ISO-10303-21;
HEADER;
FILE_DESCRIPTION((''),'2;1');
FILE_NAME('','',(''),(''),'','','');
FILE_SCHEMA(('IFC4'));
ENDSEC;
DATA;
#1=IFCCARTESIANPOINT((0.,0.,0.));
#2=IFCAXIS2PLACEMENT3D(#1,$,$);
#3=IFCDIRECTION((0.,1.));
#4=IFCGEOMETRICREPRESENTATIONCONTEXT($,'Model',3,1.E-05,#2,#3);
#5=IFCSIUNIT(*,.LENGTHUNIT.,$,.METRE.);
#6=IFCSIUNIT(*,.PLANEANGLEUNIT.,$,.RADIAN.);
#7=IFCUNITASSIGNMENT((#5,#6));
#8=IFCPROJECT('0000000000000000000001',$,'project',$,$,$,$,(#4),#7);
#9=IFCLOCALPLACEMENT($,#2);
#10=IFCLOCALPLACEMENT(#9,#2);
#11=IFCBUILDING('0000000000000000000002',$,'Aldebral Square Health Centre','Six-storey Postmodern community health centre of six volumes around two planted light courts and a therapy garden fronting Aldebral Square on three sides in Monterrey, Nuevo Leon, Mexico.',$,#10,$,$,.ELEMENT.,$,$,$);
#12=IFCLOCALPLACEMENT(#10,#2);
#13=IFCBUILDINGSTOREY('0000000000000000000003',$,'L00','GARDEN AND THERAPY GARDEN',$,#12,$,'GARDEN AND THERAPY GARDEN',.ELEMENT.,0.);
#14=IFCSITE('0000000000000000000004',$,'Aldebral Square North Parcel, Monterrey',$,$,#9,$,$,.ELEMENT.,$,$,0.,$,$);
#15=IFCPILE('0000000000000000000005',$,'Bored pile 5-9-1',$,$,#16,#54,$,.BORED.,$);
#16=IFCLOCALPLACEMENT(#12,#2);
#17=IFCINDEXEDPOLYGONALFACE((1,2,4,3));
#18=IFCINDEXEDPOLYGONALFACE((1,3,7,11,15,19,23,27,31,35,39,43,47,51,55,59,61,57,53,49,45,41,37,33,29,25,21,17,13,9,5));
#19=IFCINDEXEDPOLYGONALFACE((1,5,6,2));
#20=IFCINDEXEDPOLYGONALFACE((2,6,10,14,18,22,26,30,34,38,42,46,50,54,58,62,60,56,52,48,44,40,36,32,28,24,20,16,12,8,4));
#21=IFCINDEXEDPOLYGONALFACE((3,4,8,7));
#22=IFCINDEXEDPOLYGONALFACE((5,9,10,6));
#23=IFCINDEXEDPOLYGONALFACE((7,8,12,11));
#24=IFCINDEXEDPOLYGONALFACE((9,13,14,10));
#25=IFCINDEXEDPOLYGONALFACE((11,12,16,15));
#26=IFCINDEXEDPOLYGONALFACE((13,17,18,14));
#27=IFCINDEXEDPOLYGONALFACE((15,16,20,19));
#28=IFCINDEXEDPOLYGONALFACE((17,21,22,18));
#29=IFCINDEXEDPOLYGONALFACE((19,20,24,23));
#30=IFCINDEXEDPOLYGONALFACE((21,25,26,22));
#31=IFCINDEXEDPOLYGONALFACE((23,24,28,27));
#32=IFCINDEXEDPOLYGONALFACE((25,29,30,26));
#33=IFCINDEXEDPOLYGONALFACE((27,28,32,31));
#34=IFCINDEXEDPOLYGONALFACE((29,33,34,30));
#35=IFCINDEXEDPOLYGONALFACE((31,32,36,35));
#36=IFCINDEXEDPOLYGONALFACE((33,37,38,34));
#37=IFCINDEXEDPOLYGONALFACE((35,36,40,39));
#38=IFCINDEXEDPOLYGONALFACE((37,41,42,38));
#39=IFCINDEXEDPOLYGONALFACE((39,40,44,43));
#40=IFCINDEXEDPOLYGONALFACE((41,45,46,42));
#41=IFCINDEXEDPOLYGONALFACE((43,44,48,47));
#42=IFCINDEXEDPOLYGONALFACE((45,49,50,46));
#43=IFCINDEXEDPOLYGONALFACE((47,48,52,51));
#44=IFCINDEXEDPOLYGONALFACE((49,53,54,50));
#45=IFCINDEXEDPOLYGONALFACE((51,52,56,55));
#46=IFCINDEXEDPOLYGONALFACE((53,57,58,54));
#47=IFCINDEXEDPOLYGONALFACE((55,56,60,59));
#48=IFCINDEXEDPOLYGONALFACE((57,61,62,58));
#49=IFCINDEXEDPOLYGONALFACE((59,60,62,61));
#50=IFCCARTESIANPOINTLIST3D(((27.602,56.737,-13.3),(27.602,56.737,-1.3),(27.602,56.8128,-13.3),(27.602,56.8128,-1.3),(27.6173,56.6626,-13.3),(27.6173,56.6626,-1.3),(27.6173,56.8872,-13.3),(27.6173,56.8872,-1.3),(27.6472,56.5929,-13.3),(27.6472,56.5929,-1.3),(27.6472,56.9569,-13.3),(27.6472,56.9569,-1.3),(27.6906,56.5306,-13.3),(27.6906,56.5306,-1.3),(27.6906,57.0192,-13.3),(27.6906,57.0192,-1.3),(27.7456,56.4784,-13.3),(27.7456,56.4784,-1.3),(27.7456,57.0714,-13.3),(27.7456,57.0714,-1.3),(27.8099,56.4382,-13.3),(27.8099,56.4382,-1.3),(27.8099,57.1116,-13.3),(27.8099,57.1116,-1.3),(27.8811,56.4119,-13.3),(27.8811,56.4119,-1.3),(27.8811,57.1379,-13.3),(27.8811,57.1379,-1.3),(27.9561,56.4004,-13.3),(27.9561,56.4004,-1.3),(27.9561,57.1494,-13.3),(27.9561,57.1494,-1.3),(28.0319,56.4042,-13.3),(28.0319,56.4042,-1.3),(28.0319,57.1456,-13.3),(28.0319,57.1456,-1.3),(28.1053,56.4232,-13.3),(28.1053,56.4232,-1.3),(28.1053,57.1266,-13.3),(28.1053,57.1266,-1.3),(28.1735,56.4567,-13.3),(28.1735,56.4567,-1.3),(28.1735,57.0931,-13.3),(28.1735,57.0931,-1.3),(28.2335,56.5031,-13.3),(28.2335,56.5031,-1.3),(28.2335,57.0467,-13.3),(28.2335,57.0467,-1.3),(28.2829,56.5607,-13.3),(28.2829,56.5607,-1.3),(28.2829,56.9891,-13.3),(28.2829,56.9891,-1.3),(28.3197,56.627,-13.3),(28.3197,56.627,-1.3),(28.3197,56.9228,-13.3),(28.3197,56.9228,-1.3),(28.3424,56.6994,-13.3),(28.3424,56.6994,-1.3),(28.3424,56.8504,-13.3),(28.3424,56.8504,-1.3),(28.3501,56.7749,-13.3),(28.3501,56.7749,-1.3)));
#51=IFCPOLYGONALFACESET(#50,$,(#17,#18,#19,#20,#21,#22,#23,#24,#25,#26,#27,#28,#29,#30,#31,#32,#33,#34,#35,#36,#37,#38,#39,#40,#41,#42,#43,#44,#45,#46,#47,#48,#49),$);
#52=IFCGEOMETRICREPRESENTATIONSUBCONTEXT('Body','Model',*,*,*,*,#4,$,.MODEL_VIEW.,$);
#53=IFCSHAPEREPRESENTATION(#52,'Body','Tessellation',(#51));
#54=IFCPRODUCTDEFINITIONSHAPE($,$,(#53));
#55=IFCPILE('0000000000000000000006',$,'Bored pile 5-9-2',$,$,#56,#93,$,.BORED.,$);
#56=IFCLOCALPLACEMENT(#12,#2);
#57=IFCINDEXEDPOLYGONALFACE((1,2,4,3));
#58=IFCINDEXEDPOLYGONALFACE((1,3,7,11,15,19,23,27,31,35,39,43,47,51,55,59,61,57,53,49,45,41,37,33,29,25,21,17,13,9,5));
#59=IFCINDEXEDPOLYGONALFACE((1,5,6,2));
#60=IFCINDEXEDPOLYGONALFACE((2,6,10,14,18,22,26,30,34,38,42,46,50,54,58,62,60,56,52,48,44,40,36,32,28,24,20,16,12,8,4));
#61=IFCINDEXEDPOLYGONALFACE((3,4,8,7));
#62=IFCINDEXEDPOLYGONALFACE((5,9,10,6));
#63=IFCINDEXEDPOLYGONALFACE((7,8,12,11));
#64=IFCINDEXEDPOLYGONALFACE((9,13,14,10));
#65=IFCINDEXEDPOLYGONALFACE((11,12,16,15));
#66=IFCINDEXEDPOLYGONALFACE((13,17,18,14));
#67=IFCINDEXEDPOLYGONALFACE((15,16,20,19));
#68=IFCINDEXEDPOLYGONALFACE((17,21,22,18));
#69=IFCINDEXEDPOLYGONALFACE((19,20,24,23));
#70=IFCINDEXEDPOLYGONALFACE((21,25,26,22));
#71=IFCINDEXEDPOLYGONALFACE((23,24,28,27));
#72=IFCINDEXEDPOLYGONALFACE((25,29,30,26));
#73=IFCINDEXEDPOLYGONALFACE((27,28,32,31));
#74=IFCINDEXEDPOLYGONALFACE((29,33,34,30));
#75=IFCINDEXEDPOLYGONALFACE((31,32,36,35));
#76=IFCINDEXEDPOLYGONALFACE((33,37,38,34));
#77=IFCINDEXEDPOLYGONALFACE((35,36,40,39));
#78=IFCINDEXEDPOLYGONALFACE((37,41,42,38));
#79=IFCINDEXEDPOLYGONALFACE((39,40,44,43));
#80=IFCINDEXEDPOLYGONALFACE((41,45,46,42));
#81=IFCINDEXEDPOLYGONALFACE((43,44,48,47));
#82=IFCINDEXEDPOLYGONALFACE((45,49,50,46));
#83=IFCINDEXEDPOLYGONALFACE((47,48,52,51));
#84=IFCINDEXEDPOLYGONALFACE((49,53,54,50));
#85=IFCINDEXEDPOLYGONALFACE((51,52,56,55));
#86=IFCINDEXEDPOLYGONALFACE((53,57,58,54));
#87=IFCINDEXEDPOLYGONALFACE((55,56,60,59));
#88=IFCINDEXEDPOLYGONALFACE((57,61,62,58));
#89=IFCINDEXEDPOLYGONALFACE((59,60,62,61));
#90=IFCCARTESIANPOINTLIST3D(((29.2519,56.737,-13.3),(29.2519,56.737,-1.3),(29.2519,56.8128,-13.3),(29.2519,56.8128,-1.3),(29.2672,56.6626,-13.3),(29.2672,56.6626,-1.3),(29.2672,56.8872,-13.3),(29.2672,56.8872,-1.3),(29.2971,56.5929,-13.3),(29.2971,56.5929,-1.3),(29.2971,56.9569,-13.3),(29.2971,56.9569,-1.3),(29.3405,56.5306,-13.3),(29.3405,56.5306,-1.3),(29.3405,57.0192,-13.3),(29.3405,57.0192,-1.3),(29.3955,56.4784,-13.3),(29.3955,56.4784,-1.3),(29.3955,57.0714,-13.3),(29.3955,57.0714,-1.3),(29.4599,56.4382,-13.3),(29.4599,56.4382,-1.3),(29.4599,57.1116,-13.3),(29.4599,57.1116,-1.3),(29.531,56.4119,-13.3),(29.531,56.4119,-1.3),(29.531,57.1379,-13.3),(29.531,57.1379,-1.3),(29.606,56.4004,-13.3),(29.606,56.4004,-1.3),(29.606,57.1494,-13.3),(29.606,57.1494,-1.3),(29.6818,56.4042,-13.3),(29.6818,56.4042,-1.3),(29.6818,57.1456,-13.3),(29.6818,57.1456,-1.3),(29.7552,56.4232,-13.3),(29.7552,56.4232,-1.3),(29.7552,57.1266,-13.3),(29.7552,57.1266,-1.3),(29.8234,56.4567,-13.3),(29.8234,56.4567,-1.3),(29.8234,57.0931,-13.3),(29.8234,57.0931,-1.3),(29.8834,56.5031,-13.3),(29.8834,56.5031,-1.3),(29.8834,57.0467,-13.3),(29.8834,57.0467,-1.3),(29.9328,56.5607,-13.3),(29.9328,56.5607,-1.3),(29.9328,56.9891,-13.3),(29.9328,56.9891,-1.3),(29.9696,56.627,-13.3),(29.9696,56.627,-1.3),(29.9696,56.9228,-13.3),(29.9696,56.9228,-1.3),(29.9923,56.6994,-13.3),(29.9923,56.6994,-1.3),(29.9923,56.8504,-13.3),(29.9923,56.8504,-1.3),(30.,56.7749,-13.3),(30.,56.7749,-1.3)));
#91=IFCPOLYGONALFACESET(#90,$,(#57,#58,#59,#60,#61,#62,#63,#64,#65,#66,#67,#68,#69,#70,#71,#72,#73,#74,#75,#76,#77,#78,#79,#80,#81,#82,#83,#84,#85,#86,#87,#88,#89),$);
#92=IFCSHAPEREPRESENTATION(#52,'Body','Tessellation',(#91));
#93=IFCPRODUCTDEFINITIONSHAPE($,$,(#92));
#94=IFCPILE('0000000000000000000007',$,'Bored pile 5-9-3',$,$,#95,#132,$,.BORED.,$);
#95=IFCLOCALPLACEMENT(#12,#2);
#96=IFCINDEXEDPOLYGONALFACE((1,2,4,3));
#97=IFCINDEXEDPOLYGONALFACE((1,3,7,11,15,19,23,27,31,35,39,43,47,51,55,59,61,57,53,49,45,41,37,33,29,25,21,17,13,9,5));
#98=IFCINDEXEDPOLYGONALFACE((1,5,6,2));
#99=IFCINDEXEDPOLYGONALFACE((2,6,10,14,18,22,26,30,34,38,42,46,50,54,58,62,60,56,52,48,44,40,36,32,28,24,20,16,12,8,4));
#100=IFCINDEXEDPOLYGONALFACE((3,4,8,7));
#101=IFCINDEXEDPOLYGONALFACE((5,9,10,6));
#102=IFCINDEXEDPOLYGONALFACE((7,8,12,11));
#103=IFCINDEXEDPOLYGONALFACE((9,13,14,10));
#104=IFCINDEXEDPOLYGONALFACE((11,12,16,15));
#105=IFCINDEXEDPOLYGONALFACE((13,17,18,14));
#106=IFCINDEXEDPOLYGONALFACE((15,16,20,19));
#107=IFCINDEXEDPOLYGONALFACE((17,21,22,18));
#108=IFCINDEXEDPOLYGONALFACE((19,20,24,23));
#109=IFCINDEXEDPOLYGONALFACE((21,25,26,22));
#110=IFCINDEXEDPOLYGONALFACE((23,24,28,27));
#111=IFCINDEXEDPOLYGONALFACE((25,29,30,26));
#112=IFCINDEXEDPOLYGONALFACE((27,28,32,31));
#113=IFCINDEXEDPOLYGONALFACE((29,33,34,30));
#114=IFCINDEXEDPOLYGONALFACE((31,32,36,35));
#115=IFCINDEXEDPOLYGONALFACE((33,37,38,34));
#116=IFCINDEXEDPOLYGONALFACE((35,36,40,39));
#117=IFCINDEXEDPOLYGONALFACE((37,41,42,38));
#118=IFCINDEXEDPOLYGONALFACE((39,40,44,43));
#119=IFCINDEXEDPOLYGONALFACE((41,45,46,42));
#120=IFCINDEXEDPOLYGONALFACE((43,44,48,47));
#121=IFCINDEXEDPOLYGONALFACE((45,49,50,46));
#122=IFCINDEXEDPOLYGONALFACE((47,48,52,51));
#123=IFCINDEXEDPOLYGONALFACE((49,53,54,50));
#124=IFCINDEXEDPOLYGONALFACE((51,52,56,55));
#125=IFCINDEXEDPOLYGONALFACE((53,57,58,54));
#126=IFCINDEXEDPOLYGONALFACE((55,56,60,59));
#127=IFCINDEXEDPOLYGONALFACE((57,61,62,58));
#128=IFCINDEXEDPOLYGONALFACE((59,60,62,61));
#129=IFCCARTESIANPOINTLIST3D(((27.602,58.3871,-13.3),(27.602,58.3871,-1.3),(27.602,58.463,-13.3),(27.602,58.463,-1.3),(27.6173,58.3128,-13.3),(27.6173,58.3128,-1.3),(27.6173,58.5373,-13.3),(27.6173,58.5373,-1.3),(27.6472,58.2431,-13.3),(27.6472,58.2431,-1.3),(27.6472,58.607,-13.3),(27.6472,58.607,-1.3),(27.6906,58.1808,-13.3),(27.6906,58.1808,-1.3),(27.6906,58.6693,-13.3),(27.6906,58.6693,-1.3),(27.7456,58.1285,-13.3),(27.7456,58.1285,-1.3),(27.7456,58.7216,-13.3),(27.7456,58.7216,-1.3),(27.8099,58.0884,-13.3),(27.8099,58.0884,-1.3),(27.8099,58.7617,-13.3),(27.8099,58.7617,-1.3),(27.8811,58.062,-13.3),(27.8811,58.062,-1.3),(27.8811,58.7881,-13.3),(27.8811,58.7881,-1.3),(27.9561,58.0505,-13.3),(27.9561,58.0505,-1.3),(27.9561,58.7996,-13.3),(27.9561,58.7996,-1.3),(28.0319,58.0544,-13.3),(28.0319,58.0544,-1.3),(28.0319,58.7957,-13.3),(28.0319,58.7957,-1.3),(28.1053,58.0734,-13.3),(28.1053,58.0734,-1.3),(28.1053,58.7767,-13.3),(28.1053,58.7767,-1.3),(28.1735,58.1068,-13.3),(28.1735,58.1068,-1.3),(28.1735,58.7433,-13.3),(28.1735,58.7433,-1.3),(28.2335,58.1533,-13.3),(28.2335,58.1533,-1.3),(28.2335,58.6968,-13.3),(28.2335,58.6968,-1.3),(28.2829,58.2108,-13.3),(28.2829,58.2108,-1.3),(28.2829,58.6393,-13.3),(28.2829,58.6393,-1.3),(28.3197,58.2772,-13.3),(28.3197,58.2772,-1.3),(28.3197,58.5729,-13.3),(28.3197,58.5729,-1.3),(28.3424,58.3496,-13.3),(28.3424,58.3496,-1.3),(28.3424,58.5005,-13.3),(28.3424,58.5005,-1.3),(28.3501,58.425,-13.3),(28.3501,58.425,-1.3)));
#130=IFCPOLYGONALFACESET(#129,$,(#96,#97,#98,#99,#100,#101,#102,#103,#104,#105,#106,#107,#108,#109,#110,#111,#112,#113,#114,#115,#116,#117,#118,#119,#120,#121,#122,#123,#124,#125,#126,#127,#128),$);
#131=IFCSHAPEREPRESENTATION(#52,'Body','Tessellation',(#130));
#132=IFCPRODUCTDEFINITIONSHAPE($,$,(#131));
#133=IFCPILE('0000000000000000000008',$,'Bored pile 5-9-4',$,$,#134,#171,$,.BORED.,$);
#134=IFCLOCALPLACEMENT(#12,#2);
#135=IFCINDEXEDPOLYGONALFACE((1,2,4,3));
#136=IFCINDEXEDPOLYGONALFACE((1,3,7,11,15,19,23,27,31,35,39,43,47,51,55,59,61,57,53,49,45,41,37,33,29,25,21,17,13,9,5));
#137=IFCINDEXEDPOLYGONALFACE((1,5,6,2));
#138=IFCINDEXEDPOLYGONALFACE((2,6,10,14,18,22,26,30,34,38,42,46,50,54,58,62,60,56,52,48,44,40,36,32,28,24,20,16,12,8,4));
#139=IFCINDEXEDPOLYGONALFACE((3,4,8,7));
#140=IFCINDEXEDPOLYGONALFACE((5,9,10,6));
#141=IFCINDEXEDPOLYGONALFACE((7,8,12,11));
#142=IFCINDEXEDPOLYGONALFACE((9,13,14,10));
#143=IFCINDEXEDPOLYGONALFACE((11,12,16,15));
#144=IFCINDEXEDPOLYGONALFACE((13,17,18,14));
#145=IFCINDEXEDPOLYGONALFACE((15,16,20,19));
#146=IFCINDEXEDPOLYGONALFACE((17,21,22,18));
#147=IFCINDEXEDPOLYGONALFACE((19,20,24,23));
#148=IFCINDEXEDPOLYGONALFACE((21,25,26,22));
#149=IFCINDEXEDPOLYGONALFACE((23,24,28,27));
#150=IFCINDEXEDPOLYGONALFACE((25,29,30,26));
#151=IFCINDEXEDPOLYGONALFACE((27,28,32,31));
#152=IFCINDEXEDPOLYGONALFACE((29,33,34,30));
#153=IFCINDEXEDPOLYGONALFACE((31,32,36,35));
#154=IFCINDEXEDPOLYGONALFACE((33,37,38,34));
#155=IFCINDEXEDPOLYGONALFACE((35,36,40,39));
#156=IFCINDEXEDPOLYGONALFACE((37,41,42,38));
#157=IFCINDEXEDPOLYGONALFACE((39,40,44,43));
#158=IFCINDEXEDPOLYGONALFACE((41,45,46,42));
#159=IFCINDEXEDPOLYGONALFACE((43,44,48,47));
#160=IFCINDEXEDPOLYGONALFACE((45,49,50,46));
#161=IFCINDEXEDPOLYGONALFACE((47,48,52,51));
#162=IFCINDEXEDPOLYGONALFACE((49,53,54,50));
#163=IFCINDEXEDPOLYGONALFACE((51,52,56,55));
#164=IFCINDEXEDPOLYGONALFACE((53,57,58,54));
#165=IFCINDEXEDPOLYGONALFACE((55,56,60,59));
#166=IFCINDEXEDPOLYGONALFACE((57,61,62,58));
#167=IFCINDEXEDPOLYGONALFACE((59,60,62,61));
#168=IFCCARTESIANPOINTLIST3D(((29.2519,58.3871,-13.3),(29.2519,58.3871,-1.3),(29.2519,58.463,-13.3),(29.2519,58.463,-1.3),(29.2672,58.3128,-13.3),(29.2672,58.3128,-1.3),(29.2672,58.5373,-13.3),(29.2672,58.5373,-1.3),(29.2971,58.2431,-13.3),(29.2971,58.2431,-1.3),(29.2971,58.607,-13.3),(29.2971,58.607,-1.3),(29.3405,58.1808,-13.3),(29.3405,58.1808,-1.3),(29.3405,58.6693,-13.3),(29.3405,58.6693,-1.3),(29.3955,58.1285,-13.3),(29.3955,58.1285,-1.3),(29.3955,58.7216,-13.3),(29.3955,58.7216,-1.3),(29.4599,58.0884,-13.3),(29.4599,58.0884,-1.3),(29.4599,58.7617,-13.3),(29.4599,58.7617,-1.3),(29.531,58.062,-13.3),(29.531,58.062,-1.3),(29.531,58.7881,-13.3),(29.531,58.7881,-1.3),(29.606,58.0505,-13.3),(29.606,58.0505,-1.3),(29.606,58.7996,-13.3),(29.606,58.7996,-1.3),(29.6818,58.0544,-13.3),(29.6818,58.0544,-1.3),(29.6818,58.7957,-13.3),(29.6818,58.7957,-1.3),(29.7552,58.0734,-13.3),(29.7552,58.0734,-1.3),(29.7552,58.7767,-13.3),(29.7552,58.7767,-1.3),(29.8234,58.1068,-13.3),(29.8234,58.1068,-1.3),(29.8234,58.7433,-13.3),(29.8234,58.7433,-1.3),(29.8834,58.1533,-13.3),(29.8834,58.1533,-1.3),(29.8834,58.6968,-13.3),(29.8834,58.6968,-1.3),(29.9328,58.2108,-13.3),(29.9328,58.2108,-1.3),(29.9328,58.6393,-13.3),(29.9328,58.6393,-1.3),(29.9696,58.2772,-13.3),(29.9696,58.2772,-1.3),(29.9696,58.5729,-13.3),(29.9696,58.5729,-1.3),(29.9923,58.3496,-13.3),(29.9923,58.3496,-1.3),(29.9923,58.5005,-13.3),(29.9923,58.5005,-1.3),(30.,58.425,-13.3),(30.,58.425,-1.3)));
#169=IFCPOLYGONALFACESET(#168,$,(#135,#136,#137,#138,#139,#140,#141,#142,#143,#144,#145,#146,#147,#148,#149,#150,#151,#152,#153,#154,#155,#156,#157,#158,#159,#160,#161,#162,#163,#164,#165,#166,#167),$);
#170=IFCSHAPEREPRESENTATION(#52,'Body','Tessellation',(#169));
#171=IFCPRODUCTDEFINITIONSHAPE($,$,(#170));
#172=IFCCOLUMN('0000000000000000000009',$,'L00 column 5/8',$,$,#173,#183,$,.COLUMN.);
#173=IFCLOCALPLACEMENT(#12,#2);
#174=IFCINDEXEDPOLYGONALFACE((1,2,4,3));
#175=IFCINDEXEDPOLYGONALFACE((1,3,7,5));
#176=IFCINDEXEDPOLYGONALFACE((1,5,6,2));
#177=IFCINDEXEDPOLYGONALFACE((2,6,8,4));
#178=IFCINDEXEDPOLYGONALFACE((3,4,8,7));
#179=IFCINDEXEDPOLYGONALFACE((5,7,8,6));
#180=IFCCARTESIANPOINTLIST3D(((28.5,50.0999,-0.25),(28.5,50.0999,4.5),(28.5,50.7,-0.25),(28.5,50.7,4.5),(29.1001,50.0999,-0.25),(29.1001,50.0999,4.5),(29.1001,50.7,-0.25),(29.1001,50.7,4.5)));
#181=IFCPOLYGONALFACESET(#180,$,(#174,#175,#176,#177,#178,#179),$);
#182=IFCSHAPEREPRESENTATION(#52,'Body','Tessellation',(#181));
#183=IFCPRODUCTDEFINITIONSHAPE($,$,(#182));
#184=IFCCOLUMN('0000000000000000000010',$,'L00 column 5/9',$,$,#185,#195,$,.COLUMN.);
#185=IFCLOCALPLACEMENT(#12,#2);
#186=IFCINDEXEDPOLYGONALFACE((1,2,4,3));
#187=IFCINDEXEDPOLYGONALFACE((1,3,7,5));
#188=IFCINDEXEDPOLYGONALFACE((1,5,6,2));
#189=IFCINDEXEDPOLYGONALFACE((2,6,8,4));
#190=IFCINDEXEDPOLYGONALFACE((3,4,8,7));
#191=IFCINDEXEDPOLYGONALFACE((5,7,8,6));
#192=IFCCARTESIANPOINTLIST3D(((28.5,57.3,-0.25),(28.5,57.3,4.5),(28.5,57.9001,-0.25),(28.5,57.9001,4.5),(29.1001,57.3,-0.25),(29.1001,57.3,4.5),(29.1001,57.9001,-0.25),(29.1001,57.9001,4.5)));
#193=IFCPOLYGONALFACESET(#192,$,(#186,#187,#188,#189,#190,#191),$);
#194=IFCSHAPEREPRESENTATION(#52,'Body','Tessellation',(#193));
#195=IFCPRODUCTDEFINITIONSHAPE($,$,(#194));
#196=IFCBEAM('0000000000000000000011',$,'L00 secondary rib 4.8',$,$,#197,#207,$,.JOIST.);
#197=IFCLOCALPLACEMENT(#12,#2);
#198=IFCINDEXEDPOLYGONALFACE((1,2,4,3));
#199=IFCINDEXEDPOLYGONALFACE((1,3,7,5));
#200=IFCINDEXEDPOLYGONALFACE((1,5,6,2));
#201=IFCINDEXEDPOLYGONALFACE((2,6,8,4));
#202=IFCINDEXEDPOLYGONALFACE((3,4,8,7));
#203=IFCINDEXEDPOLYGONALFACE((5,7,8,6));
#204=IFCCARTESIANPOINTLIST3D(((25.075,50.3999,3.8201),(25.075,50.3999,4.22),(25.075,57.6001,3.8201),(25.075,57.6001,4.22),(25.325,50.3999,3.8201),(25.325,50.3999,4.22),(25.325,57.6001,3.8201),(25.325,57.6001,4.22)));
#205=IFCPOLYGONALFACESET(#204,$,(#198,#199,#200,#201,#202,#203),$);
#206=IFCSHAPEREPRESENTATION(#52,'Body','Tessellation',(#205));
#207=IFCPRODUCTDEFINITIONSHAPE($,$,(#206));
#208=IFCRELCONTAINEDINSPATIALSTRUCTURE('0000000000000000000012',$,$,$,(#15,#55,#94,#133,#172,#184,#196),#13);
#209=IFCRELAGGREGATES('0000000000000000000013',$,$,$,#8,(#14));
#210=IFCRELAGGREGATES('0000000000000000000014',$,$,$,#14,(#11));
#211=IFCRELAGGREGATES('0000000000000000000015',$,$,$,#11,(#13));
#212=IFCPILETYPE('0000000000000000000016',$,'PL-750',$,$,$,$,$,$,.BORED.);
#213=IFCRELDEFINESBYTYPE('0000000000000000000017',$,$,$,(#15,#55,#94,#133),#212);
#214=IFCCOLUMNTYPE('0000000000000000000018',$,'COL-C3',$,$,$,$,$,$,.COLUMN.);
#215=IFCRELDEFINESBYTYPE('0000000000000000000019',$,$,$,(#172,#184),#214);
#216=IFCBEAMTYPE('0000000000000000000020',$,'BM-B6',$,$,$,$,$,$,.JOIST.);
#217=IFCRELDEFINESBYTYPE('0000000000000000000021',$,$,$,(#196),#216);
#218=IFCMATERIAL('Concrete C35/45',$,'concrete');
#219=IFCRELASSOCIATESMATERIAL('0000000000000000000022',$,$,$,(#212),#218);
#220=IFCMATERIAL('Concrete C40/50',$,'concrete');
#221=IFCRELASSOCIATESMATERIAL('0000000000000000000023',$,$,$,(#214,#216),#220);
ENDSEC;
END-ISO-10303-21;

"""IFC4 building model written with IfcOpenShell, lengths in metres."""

from ifc_helpers import new_model, si_unit, direction, frame, origin, origin_2d, place, context, subcontext, project, spatial, rectangle, circle, extrude, material, material_profile, profile_set, type_object, element, save


model = new_model("IFC4")

# Units and contexts
model_context = context("Model", 3, precision=1e-05, world=origin(), true_north=direction((0.0, 1.0)))
body_context = subcontext(model_context, "Body", "Model", "MODEL_VIEW")
ifc_project = project(units=[si_unit("LENGTHUNIT", "METRE"), si_unit("PLANEANGLEUNIT", "RADIAN")], contexts=[model_context])

# Site, building, storey
site_placement = place(None, origin())
site = spatial("IfcSite", under=ifc_project, at=site_placement, Name="Aldebral Square North Parcel, Monterrey", CompositionType="ELEMENT", RefElevation=0.0)
building_placement = place(site_placement, origin())
building = spatial("IfcBuilding", under=site, at=building_placement, Name="Aldebral Square Health Centre", Description="Six-storey Postmodern community health centre of six volumes around two planted light courts and a therapy garden fronting Aldebral Square on three sides in Monterrey, Nuevo Leon, Mexico.", CompositionType="ELEMENT")
storey_placement = place(building_placement, origin())
storey = spatial("IfcBuildingStorey", under=building, at=storey_placement, Name="L00", Description="GARDEN AND THERAPY GARDEN", LongName="GARDEN AND THERAPY GARDEN", CompositionType="ELEMENT", Elevation=0.0)

# Shared definitions
ifc_material_1 = material(Name="Concrete C35/45", Category="concrete")

# Piles
ifc_material_profile_1 = material_profile(ifc_material_1, circle(Radius=0.375, at=origin_2d()), Name="PILE D750")
ifc_profile_set_1 = profile_set([ifc_material_profile_1], Name="Concrete C35/45")
pile_type = type_object("IfcPileType", Name="PL-750", PredefinedType="BORED", material=ifc_profile_set_1)
for number, where, z_axis, x_axis, name in (
    (1, (27.9751, 56.7749, -1.3), (0.0, 0.0, -1.0), (1.0, 0.0, 0.0), "Bored pile 5-9-1"),
    (2, (29.625, 56.7749, -1.3), (0.0, 0.0, -1.0), (1.0, 0.0, 0.0), "Bored pile 5-9-2"),
    (3, (27.9751, 58.425, -1.3), (0.0, 0.0, -1.0), (1.0, 0.0, 0.0), "Bored pile 5-9-3"),
    (4, (29.625, 58.425, -1.3), (0.0, 0.0, -1.0), (1.0, 0.0, 0.0), "Bored pile 5-9-4"),
):
    element("IfcPile", number, at=place(storey_placement, frame(where, z_axis=z_axis, x_axis=x_axis)), inside=storey, type_object=pile_type, Name=name, PredefinedType="BORED", context=body_context, shape_type="SweptSolid", body=[
        extrude(circle(Radius=0.375, at=origin_2d()), origin(), (0.0, 0.0, 1.0), 12.0),
    ])

# Columns
ifc_material_2 = material(Name="Concrete C40/50", Category="concrete")
ifc_material_profile_2 = material_profile(ifc_material_2, rectangle(XDim=0.6001, YDim=0.6001, at=origin_2d()), Name="RC 600x600")
ifc_profile_set_2 = profile_set([ifc_material_profile_2], Name="Concrete C40/50")
column_type = type_object("IfcColumnType", Name="COL-C3", PredefinedType="COLUMN", material=ifc_profile_set_2)
for number, where, z_axis, x_axis, name in (
    (5, (28.8, 50.3999, -0.25), (0.0, 0.0, 1.0), (1.0, 0.0, 0.0), "L00 column 5/8"),
    (6, (28.8, 57.6001, -0.25), (0.0, 0.0, 1.0), (1.0, 0.0, 0.0), "L00 column 5/9"),
):
    element("IfcColumn", number, at=place(storey_placement, frame(where, z_axis=z_axis, x_axis=x_axis)), inside=storey, type_object=column_type, Name=name, PredefinedType="COLUMN", context=body_context, shape_type="SweptSolid", body=[
        extrude(rectangle(XDim=0.6001, YDim=0.6001, at=origin_2d()), origin(), (0.0, 0.0, 1.0), 4.75),
    ])

# Beam
ifc_material_profile_3 = material_profile(ifc_material_2, rectangle(XDim=0.25, YDim=0.3999, at=origin_2d()), Name="RC 250x400")
ifc_profile_set_3 = profile_set([ifc_material_profile_3], Name="Concrete C40/50")
beam_type_1 = type_object("IfcBeamType", Name="BM-B6", PredefinedType="JOIST", material=ifc_profile_set_3)
beam_1_placement = place(storey_placement, frame((25.2, 50.3999, 4.02), z_axis=(0.0, 1.0, 0.0), x_axis=(-1.0, 0.0, 0.0)))
element("IfcBeam", 7, at=beam_1_placement, inside=storey, type_object=beam_type_1, Name="L00 secondary rib 4.8", PredefinedType="JOIST", context=body_context, shape_type="SweptSolid", body=[
    extrude(rectangle(XDim=0.25, YDim=0.3999, at=origin_2d()), origin(), (0.0, 0.0, 1.0), 7.2002),
])

save(model, "model.ifc")
